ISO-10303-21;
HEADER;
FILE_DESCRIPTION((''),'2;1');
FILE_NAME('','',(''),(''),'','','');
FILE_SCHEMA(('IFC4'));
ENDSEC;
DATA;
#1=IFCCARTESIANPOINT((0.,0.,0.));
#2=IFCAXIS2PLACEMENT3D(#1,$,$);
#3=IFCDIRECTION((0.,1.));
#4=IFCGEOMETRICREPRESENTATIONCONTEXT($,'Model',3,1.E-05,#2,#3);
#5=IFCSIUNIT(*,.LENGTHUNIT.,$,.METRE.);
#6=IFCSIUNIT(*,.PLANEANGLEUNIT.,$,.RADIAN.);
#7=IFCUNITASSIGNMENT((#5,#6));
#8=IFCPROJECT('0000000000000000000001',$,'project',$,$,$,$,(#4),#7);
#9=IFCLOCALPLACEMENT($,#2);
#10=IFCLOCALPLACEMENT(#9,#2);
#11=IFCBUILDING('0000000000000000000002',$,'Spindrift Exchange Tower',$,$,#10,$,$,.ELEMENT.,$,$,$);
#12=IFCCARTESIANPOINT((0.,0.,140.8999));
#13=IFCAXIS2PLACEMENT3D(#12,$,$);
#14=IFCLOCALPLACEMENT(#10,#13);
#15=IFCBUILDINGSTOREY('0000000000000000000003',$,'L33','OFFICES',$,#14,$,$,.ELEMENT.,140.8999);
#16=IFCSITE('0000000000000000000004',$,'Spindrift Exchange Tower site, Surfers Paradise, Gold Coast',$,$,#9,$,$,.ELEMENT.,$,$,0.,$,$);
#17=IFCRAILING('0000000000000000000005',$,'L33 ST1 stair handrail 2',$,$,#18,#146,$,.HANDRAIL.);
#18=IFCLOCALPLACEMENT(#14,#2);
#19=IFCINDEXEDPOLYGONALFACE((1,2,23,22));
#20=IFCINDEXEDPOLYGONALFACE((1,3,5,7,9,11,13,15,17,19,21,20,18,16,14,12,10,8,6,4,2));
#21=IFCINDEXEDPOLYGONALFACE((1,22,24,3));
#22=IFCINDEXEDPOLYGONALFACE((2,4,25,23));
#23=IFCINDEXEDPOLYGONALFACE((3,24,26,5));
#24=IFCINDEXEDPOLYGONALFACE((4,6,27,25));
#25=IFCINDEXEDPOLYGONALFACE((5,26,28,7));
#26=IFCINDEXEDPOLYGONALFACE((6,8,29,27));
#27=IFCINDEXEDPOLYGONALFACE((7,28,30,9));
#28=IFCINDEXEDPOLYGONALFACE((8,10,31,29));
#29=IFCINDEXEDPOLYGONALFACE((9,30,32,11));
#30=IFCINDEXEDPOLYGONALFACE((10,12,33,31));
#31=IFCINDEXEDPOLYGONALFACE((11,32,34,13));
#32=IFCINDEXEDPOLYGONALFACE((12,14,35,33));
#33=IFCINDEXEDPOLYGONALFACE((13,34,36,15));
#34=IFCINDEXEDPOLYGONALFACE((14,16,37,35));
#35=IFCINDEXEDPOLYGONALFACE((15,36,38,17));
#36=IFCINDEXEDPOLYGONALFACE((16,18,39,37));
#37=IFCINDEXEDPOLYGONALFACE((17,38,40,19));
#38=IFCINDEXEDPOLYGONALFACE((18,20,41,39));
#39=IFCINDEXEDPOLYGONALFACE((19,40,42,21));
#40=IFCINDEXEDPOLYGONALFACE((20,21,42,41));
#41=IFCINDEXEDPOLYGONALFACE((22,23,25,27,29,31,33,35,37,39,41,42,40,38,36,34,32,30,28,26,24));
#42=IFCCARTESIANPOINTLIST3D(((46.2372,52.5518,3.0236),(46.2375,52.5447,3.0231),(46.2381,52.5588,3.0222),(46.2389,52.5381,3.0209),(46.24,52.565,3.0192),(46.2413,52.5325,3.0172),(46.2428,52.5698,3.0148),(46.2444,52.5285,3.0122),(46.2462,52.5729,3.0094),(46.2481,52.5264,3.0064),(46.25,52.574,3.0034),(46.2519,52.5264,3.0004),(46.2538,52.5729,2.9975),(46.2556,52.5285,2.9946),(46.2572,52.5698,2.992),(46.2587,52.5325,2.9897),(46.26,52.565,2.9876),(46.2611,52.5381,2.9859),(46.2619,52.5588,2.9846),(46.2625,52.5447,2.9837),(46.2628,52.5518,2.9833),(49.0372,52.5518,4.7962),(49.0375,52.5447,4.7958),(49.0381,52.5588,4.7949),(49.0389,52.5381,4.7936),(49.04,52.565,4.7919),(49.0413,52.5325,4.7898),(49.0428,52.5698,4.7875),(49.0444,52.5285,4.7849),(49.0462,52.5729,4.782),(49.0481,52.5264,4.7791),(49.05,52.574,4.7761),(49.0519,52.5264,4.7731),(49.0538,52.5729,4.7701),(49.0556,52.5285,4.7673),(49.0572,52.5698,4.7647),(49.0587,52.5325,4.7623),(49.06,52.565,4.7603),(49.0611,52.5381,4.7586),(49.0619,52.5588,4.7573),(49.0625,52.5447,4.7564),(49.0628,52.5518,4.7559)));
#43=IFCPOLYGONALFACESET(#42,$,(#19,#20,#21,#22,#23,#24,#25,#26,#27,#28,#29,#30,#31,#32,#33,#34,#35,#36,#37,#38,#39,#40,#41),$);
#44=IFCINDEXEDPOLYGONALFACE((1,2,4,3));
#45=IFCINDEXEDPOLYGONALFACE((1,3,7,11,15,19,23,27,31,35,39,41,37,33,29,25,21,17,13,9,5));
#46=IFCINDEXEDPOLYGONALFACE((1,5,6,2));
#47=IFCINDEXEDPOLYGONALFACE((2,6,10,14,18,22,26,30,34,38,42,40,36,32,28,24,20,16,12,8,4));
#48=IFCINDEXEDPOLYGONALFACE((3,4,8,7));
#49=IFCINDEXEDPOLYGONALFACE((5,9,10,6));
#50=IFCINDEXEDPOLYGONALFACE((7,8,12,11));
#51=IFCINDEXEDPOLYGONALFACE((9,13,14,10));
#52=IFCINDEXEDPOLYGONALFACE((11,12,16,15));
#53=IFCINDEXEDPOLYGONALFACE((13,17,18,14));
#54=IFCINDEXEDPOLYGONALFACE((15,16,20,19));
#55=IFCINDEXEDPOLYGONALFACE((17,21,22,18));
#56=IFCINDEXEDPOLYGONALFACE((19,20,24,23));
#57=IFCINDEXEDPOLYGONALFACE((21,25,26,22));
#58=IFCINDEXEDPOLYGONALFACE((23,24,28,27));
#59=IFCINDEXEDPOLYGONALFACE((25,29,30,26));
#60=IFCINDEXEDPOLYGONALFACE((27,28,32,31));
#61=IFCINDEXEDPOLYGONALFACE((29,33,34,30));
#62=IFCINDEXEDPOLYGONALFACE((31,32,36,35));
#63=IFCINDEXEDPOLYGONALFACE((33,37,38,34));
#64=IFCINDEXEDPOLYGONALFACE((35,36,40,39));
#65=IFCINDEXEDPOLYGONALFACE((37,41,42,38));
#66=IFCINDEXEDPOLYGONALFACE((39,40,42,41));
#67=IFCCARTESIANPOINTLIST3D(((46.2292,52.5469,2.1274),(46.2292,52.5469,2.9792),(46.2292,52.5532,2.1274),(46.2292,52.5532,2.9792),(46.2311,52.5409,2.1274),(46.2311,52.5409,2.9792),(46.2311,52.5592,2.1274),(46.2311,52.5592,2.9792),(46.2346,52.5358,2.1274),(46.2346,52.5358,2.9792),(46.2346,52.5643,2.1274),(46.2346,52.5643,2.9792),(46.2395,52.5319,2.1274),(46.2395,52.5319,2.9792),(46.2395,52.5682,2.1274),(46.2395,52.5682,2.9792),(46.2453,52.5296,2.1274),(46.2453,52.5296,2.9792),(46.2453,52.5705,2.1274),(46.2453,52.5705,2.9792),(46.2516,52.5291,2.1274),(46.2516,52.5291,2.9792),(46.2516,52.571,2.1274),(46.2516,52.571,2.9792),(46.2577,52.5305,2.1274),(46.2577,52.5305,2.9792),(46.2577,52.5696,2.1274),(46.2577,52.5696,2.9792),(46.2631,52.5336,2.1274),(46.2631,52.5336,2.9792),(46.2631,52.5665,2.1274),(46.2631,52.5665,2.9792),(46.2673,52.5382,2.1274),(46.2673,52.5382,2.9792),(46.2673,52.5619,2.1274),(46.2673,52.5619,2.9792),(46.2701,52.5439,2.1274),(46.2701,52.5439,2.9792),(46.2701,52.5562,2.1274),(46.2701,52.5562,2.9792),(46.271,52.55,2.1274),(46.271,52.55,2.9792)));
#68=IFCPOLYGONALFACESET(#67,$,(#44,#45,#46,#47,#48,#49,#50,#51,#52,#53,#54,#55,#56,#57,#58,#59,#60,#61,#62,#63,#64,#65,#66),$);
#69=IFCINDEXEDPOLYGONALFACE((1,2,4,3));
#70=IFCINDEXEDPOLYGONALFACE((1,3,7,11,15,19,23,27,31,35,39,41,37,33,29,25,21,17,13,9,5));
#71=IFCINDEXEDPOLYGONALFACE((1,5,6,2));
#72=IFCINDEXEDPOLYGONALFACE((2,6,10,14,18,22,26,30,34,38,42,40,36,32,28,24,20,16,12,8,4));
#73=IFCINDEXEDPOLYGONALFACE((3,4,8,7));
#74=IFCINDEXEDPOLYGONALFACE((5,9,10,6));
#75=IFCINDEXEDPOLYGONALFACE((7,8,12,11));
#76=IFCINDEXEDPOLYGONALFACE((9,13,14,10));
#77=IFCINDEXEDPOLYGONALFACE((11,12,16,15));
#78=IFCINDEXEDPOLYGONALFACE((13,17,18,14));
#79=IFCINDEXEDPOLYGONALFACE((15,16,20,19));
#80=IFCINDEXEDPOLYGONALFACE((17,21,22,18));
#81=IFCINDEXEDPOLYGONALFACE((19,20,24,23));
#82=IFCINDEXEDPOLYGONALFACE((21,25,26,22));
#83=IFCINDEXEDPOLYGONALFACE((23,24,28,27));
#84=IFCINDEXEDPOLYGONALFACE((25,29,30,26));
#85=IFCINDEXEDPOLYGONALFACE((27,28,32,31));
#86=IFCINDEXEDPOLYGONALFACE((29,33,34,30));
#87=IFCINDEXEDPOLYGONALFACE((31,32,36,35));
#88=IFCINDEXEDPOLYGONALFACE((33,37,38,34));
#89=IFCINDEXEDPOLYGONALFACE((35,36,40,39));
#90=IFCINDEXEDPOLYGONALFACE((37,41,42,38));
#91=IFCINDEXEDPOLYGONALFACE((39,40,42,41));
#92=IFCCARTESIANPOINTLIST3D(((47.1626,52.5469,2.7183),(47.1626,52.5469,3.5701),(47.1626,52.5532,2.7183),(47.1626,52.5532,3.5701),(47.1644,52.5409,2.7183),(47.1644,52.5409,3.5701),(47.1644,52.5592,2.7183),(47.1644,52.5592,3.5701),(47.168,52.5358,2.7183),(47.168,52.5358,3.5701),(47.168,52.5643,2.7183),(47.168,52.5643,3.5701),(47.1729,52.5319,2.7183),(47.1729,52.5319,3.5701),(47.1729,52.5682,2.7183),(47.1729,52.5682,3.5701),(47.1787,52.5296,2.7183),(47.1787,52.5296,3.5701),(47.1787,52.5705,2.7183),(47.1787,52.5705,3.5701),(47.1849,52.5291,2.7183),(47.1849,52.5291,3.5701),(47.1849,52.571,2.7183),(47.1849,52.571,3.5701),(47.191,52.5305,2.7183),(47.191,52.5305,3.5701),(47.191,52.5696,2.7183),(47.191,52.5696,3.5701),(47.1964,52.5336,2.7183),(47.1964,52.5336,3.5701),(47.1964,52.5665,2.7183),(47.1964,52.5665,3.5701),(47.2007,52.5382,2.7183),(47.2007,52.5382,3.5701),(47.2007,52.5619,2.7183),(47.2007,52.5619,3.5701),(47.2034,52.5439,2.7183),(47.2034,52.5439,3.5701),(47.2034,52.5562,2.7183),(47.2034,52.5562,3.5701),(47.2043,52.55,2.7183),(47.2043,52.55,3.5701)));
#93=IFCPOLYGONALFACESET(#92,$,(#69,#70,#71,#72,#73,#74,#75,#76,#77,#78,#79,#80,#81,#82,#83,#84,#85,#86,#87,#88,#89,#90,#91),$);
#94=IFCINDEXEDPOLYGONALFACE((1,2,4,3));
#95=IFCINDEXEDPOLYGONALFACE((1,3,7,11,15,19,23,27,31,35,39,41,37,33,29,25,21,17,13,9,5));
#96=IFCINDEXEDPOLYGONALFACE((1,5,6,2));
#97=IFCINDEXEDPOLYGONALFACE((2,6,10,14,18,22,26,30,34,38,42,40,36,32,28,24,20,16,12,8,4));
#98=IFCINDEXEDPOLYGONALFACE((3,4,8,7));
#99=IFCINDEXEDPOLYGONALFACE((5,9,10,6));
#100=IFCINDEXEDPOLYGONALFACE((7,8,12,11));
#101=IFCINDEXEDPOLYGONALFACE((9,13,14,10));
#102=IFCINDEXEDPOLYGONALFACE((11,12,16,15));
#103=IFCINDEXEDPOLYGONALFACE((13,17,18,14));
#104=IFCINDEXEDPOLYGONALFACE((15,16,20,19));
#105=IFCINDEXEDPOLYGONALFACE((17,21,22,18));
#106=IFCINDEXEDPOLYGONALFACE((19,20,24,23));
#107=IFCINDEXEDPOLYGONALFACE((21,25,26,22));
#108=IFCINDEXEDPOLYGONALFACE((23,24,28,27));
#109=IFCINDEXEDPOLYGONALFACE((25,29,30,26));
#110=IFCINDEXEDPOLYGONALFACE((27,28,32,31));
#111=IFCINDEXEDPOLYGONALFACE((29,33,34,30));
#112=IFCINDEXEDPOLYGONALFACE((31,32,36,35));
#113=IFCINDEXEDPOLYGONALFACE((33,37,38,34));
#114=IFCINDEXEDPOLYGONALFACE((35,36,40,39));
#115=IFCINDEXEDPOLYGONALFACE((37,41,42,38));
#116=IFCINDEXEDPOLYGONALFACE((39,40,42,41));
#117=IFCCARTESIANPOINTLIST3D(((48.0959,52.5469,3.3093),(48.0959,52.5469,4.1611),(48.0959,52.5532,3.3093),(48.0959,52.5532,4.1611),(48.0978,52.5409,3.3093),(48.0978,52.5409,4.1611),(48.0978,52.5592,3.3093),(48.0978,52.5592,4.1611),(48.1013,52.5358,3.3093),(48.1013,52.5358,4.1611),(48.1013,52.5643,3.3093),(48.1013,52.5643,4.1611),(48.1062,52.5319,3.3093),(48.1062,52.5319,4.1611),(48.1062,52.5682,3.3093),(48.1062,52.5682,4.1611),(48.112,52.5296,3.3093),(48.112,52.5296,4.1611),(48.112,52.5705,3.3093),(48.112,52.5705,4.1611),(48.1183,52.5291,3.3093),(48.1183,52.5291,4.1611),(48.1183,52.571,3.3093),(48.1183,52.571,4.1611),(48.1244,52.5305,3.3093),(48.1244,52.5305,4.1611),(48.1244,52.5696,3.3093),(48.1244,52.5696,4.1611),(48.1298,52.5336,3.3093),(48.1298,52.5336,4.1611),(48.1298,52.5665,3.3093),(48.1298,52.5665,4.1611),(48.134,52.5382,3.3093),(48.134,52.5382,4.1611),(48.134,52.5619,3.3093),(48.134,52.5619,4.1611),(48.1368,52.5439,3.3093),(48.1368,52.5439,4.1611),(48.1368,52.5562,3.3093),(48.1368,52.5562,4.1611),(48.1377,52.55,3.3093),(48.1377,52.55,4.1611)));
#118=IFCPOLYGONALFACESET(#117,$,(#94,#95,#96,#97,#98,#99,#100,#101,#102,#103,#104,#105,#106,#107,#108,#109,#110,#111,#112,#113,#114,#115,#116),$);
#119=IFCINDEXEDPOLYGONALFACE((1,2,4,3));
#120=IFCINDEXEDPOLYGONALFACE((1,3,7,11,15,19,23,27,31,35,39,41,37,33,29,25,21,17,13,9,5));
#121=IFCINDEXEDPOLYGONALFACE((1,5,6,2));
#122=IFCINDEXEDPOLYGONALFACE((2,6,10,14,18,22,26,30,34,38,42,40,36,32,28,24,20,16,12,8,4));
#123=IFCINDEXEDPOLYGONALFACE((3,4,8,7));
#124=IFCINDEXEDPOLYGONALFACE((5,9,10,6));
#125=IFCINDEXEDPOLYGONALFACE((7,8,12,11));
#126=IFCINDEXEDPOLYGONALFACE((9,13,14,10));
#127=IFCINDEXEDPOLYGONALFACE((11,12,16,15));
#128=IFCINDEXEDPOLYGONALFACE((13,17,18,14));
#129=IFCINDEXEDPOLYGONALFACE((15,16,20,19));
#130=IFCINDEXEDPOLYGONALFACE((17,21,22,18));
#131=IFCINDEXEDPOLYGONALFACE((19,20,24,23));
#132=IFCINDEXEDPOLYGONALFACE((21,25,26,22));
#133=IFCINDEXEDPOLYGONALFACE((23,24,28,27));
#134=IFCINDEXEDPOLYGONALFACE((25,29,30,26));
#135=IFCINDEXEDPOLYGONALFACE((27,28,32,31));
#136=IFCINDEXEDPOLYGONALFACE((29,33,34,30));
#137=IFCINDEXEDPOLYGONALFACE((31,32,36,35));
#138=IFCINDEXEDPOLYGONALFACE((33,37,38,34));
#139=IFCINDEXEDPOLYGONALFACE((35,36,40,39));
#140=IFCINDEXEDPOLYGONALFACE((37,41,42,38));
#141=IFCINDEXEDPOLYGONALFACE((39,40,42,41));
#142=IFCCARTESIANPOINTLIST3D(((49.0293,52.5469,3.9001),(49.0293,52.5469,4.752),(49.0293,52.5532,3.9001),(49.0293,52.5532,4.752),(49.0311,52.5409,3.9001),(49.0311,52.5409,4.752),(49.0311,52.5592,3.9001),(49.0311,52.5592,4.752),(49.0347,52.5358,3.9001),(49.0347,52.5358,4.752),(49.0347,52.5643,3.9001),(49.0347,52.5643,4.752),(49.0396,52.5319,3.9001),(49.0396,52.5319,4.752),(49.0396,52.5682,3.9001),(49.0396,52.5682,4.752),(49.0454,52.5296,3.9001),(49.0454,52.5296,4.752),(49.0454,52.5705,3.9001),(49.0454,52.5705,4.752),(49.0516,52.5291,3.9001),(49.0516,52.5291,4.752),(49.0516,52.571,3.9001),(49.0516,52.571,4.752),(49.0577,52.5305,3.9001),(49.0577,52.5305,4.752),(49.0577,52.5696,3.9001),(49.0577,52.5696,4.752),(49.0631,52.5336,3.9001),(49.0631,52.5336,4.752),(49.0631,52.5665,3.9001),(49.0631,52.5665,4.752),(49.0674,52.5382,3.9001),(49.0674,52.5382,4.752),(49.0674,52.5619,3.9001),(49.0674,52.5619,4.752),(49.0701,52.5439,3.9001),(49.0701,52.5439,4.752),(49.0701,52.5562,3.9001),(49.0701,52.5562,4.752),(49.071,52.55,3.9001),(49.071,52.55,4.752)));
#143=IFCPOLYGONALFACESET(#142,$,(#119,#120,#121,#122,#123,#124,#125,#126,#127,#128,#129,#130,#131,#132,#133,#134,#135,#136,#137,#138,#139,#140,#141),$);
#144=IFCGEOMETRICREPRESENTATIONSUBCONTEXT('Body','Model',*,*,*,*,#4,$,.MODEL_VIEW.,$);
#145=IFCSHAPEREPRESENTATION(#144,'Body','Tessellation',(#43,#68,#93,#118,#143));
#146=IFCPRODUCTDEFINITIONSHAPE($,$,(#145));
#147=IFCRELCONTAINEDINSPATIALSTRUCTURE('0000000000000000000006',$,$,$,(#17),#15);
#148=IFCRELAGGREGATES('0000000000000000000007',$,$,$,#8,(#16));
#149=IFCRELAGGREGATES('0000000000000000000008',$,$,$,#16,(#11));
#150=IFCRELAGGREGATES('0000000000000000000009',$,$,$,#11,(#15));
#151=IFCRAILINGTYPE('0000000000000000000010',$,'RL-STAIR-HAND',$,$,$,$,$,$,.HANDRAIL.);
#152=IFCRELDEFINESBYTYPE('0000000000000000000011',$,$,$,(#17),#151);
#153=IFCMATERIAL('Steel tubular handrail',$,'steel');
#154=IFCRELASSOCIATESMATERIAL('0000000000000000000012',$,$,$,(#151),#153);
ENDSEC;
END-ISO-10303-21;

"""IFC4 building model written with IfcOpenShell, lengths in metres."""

from ifc_helpers import new_model, si_unit, direction, frame, origin, origin_2d, place, context, subcontext, project, spatial, circle, extrude, material, type_object, element, save


model = new_model("IFC4")

# Units and contexts
model_context = context("Model", 3, precision=1e-05, world=origin(), true_north=direction((0.0, 1.0)))
body_context = subcontext(model_context, "Body", "Model", "MODEL_VIEW")
ifc_project = project(units=[si_unit("LENGTHUNIT", "METRE"), si_unit("PLANEANGLEUNIT", "RADIAN")], contexts=[model_context])

# Site, building, storey
site_placement = place(None, origin())
site = spatial("IfcSite", under=ifc_project, at=site_placement, Name="Spindrift Exchange Tower site, Surfers Paradise, Gold Coast", CompositionType="ELEMENT", RefElevation=0.0)
building_placement = place(site_placement, origin())
building = spatial("IfcBuilding", under=site, at=building_placement, Name="Spindrift Exchange Tower", CompositionType="ELEMENT")
storey_placement = place(building_placement, frame((0.0, 0.0, 140.8999)))
storey = spatial("IfcBuildingStorey", under=building, at=storey_placement, Name="L33", Description="OFFICES", CompositionType="ELEMENT", Elevation=140.8999)

# Railing
ifc_material_1 = material(Name="Steel tubular handrail", Category="steel")
railing_type_1 = type_object("IfcRailingType", Name="RL-STAIR-HAND", PredefinedType="HANDRAIL", material=ifc_material_1)
railing_1_placement = place(storey_placement, frame((46.25, 52.55, 2.1274)))
element("IfcRailing", 1, at=railing_1_placement, inside=storey, type_object=railing_type_1, Name="L33 ST1 stair handrail 2", PredefinedType="HANDRAIL", context=body_context, shape_type="SweptSolid", body=[
    extrude(circle(Radius=0.0239, at=origin_2d()), frame((0.0, 0.0, 0.876), z_axis=(0.844909, 0.0, 0.53491), x_axis=(0.0, 1.0, 0.0)), (0.0, 0.0, 1.0), 3.314),
    extrude(circle(Radius=0.021, at=origin_2d()), origin(), (0.0, 0.0, 1.0), 0.8518),
    extrude(circle(Radius=0.021, at=origin_2d()), frame((0.9333, 0.0, 0.5908)), (0.0, 0.0, 1.0), 0.8518),
    extrude(circle(Radius=0.021, at=origin_2d()), frame((1.8667, 0.0, 1.1819)), (0.0, 0.0, 1.0), 0.8518),
    extrude(circle(Radius=0.021, at=origin_2d()), frame((2.8, 0.0, 1.7727)), (0.0, 0.0, 1.0), 0.8518),
])

save(model, "model.ifc")
